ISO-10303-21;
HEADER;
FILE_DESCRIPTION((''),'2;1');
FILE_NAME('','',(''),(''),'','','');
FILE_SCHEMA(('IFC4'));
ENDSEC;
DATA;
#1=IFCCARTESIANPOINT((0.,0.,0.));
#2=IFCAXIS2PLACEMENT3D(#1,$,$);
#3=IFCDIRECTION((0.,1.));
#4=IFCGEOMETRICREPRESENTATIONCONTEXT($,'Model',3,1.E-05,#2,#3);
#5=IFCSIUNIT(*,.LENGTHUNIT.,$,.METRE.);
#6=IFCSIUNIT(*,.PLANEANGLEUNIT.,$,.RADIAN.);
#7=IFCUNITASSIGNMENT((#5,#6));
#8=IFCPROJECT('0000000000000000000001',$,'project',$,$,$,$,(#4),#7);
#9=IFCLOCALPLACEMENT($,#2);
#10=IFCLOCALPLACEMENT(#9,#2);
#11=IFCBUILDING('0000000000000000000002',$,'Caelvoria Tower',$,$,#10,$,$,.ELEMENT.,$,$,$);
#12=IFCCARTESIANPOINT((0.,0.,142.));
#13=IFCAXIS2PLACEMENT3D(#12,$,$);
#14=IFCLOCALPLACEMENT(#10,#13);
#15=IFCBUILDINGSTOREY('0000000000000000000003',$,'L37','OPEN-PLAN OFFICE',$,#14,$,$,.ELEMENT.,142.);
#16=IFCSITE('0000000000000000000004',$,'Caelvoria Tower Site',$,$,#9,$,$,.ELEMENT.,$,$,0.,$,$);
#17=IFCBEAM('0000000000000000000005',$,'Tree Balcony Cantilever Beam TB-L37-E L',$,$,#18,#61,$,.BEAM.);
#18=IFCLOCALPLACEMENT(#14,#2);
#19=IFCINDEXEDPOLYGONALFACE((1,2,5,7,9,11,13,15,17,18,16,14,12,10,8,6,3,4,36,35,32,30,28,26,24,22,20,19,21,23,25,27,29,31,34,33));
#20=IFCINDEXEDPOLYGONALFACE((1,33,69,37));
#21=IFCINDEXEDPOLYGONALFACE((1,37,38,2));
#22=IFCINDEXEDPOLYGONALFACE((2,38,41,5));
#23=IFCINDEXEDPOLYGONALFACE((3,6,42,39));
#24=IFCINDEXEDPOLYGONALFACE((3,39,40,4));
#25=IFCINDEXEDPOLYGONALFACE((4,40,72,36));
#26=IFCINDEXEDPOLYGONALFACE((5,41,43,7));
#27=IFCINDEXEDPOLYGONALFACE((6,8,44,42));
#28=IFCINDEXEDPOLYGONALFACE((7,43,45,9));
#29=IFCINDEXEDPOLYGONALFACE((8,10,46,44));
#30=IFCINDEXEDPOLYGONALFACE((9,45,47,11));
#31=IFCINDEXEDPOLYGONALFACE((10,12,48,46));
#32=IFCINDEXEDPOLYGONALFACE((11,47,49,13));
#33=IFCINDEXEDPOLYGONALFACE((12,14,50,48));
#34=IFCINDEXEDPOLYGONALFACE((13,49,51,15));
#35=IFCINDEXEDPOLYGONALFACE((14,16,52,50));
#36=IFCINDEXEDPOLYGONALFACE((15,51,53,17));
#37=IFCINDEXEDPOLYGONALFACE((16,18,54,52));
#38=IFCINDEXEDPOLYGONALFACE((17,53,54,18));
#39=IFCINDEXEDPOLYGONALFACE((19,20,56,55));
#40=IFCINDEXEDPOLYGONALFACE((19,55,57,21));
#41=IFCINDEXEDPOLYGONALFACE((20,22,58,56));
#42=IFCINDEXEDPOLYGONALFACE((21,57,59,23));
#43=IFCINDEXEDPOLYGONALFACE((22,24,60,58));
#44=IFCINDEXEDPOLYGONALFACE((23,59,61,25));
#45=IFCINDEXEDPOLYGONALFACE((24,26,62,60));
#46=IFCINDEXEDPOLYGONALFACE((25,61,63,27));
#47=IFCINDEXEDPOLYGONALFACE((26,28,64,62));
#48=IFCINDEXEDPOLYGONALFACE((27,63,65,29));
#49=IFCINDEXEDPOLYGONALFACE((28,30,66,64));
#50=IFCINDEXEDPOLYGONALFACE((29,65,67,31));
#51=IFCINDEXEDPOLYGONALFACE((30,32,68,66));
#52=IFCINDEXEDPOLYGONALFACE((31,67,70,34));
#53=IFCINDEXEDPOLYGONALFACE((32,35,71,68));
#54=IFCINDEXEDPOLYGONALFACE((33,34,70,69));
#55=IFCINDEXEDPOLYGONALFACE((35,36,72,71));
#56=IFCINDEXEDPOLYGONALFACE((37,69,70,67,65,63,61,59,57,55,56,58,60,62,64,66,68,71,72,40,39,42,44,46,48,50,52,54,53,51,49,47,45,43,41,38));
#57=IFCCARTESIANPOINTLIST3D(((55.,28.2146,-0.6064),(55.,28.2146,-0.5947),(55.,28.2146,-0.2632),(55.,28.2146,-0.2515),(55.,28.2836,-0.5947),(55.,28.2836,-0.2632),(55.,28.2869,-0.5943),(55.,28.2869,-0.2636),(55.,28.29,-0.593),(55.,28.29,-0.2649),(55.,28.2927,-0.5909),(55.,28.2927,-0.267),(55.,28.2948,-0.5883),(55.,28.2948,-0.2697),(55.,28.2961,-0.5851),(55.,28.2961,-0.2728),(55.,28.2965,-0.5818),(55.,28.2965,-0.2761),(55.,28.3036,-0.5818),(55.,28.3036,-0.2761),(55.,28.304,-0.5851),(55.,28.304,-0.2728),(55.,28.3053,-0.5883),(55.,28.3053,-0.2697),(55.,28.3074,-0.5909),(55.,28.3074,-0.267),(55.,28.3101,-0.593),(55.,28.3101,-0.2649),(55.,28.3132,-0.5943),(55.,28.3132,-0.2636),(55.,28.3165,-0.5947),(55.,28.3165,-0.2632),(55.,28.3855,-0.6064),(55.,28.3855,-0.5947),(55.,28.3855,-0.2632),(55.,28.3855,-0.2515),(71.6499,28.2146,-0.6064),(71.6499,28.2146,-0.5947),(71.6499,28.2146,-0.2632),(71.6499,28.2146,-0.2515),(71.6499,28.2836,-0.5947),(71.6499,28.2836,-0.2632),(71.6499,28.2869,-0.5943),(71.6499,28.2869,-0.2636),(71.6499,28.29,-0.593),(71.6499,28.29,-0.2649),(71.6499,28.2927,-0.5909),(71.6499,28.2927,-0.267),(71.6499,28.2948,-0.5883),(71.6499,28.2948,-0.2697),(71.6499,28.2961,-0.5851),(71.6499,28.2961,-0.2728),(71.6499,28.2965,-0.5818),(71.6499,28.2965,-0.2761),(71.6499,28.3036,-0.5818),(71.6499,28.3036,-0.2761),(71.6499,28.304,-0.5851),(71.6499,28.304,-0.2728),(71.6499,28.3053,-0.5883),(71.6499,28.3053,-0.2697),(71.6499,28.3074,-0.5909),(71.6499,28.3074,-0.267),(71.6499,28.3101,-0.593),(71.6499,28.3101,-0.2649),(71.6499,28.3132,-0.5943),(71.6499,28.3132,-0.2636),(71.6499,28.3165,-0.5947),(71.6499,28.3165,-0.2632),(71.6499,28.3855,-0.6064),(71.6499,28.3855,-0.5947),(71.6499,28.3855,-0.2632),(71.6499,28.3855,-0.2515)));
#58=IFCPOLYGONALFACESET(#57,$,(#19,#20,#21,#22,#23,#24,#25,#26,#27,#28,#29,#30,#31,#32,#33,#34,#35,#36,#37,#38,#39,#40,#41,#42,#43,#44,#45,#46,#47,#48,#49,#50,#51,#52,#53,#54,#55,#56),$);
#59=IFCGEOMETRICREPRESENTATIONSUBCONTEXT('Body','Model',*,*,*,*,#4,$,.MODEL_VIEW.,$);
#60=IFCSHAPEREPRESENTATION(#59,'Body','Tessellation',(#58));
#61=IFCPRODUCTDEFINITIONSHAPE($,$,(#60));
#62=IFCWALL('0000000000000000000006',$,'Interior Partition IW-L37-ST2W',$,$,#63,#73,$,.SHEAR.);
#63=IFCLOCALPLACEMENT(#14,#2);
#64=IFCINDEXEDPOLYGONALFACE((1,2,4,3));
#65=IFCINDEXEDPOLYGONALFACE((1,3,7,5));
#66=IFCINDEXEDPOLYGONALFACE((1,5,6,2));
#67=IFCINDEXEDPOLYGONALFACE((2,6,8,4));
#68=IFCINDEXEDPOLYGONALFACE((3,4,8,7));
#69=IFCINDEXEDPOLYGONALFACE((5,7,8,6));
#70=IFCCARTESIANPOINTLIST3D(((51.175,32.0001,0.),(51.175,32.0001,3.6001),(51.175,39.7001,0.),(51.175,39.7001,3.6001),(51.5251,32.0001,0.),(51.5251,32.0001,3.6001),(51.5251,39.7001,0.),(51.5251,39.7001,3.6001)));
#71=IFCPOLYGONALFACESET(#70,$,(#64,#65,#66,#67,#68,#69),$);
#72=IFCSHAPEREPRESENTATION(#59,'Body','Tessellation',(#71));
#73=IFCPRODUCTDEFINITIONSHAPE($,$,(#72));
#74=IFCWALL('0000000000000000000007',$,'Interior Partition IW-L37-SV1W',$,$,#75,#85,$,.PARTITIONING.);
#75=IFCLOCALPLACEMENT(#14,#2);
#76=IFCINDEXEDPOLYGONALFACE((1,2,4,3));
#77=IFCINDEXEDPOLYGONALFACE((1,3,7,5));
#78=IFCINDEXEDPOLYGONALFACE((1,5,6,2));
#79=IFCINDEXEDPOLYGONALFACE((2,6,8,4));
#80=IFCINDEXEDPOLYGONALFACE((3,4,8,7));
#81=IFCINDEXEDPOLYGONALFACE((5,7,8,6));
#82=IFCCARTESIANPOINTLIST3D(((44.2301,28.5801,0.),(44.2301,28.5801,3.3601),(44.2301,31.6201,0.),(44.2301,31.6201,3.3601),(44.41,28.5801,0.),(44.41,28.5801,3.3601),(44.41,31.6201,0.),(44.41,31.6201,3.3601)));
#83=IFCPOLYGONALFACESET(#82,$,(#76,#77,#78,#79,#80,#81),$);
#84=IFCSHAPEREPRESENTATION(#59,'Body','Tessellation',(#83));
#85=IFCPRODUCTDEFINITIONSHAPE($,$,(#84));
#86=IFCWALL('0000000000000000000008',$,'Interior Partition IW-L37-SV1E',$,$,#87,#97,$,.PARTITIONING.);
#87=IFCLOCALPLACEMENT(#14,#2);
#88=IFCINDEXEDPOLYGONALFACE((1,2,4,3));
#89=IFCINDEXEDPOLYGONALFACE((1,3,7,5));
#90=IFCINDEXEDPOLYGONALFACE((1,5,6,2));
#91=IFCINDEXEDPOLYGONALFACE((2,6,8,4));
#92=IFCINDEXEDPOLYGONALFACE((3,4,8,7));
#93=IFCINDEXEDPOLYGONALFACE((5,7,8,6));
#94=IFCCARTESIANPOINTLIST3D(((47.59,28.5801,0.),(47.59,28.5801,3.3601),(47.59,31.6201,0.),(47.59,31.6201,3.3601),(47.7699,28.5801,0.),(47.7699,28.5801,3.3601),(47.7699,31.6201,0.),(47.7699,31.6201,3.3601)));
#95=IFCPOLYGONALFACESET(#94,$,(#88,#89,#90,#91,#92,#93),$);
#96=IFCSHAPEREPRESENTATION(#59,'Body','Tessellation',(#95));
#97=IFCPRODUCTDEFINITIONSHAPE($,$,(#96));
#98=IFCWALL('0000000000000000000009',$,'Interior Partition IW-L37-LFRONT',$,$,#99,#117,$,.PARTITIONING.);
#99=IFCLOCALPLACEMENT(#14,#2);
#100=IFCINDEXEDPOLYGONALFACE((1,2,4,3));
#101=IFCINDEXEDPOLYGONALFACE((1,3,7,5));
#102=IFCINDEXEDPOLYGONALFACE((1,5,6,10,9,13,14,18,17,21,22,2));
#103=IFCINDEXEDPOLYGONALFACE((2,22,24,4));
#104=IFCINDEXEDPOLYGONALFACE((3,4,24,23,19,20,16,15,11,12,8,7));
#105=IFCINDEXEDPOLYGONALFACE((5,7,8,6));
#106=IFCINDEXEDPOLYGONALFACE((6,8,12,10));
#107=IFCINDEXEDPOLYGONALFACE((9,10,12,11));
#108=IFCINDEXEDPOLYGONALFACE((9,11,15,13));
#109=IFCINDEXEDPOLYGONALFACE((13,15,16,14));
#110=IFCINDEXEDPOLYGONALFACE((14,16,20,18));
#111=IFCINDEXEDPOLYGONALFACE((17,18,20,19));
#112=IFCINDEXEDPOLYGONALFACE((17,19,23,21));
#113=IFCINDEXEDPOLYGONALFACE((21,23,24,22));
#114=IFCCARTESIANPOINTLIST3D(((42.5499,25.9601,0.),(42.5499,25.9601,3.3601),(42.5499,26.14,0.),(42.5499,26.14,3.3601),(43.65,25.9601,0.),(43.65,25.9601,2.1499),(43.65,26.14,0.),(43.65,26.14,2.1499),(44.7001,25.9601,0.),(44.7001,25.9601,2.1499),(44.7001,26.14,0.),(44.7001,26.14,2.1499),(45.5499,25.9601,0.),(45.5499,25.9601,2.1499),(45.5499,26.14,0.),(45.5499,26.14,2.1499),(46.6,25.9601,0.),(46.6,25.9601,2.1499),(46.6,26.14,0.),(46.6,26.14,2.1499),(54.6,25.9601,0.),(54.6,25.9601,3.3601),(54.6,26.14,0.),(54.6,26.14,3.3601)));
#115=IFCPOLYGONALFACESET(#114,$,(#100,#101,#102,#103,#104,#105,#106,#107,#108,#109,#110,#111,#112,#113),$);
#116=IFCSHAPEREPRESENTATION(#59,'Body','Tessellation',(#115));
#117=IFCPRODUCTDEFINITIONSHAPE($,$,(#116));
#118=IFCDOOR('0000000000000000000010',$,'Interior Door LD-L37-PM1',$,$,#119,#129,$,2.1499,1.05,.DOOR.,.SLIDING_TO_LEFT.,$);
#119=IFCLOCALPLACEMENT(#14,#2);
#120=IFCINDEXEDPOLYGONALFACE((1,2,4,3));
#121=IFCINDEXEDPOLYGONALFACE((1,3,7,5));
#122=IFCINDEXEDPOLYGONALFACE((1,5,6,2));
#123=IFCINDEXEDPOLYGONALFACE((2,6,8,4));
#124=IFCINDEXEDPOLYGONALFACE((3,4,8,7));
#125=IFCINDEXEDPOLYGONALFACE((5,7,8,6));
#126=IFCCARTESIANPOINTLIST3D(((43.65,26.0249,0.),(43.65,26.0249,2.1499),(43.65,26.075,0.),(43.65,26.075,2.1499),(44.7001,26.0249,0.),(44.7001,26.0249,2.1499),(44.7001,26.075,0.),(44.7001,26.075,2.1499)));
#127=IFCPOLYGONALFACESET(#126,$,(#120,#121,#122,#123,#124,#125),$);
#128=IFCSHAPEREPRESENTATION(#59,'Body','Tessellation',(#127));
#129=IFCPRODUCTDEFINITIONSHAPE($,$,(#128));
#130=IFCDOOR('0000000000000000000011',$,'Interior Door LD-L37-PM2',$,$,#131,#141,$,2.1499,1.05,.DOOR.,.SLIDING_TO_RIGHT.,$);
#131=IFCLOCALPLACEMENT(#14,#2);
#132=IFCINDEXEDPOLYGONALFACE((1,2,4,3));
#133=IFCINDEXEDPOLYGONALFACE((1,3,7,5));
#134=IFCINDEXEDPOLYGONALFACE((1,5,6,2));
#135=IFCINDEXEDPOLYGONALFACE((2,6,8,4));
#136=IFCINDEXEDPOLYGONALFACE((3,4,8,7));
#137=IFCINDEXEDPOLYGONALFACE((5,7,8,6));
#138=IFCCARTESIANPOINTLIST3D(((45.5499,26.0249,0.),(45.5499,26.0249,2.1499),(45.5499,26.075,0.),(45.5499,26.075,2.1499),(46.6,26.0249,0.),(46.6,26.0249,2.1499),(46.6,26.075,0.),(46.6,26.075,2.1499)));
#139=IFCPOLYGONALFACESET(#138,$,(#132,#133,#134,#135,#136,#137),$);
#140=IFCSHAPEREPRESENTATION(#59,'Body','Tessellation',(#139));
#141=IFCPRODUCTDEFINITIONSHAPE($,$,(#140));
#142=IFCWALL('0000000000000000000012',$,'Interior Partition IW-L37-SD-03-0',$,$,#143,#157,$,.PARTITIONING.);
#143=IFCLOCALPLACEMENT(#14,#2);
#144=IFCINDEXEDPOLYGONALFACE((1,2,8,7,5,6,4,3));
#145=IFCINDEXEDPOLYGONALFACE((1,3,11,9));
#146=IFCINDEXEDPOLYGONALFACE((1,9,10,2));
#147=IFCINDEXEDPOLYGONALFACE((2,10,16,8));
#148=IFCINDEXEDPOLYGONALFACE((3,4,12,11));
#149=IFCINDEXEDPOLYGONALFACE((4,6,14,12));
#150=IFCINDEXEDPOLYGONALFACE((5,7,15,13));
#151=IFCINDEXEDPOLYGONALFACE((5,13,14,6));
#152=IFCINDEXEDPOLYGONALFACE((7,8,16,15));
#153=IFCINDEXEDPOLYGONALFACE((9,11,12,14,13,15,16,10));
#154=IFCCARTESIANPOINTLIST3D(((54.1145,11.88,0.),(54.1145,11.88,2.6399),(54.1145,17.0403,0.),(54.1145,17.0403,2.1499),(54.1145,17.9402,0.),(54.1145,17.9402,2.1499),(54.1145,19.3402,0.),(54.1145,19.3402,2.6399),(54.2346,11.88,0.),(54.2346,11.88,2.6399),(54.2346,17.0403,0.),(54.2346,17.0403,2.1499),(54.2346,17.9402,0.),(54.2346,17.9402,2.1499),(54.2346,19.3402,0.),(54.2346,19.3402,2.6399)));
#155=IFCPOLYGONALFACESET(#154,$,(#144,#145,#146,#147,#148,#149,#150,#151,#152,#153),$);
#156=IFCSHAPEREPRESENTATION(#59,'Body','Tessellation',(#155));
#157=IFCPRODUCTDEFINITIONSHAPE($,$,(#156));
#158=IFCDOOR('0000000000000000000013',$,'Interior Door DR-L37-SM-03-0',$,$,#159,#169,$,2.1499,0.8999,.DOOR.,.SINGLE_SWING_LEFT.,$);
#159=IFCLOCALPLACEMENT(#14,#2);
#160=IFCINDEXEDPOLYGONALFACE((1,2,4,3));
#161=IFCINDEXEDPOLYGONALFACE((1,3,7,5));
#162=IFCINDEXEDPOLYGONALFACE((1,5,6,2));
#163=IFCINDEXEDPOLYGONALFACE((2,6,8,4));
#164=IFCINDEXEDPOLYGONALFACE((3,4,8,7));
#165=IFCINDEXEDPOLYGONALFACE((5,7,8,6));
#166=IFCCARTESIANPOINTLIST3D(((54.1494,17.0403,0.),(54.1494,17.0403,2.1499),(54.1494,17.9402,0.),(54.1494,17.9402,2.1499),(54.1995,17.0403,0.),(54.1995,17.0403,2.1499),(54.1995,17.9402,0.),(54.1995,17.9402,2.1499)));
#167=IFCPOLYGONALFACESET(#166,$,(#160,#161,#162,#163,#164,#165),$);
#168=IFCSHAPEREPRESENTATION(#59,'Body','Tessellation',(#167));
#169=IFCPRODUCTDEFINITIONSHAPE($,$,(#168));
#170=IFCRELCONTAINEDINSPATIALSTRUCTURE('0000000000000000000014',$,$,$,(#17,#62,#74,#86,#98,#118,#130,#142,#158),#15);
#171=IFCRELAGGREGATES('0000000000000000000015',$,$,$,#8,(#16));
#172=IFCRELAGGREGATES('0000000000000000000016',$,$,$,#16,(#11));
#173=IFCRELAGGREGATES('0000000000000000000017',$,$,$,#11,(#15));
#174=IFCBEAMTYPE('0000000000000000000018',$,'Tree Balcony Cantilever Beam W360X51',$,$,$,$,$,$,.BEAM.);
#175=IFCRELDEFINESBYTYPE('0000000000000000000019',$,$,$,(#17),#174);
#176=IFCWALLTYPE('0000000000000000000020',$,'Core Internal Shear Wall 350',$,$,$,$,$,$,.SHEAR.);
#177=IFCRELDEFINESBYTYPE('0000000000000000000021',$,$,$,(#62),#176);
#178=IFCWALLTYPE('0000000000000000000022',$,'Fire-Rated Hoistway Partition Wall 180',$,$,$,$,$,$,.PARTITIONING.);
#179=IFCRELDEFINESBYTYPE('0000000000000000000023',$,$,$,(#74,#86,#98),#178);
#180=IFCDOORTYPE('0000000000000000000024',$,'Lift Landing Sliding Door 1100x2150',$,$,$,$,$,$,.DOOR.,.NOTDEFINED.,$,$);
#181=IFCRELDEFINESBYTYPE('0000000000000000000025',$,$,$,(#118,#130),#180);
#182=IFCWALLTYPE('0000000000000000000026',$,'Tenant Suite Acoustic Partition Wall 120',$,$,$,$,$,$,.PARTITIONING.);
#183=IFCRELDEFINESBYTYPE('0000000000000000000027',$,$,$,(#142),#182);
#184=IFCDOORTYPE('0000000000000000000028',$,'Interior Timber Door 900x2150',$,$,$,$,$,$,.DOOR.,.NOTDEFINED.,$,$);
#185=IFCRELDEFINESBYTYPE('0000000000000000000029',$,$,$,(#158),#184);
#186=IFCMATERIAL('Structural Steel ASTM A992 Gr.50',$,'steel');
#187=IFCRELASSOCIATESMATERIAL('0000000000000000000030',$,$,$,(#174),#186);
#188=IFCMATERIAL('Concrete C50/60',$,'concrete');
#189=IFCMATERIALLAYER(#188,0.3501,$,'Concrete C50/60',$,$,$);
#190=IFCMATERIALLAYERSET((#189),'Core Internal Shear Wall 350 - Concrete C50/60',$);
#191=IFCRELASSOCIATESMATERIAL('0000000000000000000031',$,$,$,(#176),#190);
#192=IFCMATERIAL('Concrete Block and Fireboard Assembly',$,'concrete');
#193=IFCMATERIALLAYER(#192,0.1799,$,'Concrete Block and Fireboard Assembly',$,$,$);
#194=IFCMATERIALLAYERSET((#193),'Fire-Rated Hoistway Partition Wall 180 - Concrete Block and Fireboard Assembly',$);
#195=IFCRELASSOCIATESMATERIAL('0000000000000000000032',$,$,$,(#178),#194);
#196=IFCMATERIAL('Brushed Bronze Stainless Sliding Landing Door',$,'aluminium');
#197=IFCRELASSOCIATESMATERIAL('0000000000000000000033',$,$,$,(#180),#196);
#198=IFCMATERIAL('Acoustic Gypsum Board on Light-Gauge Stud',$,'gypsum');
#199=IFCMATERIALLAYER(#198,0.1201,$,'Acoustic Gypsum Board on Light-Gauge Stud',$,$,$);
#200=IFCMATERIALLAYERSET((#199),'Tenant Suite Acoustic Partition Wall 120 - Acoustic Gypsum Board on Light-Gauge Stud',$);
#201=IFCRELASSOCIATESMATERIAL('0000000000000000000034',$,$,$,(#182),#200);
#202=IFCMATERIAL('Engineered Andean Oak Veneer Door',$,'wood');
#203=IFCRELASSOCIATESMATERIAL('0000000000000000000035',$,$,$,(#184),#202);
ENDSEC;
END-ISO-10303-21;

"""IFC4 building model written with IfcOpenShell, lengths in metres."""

from ifc_helpers import new_model, si_unit, direction, frame, frame_2d, origin, origin_2d, place, context, subcontext, project, spatial, rectangle, i_section, extrude, material, layer, layer_set, material_profile, profile_set, type_object, element, fill, save


model = new_model("IFC4")

# Units and contexts
model_context = context("Model", 3, precision=1e-05, world=origin(), true_north=direction((0.0, 1.0)))
body_context = subcontext(model_context, "Body", "Model", "MODEL_VIEW")
ifc_project = project(units=[si_unit("LENGTHUNIT", "METRE"), si_unit("PLANEANGLEUNIT", "RADIAN")], contexts=[model_context])

# Site, building, storey
site_placement = place(None, origin())
site = spatial("IfcSite", under=ifc_project, at=site_placement, Name="Caelvoria Tower Site", CompositionType="ELEMENT", RefElevation=0.0)
building_placement = place(site_placement, origin())
building = spatial("IfcBuilding", under=site, at=building_placement, Name="Caelvoria Tower", CompositionType="ELEMENT")
storey_placement = place(building_placement, frame((0.0, 0.0, 142.0)))
storey = spatial("IfcBuildingStorey", under=building, at=storey_placement, Name="L37", Description="OPEN-PLAN OFFICE", CompositionType="ELEMENT", Elevation=142.0)

# Beam
ifc_material_1 = material(Name="Structural Steel ASTM A992 Gr.50", Category="steel")
ifc_material_profile_1 = material_profile(ifc_material_1, i_section(OverallWidth=0.1709, OverallDepth=0.355, WebThickness=0.0071, FlangeThickness=0.0117, FilletRadius=0.0129, at=origin_2d()), Name="Structural Steel ASTM A992 Gr.50")
ifc_profile_set_1 = profile_set([ifc_material_profile_1], Name="W360X51 - Structural Steel ASTM A992 Gr.50")
beam_type_1 = type_object("IfcBeamType", Name="Tree Balcony Cantilever Beam W360X51", PredefinedType="BEAM", material=ifc_profile_set_1)
beam_1_placement = place(storey_placement, frame((55.0, 28.3, -0.429), z_axis=(1.0, 0.0, 0.0), x_axis=(0.0, 1.0, 0.0)))
element("IfcBeam", 1, at=beam_1_placement, inside=storey, type_object=beam_type_1, Name="Tree Balcony Cantilever Beam TB-L37-E L", PredefinedType="BEAM", context=body_context, shape_type="SweptSolid", body=[
    extrude(i_section(OverallWidth=0.1709, OverallDepth=0.355, WebThickness=0.0071, FlangeThickness=0.0117, FilletRadius=0.0129, at=origin_2d()), origin(), (0.0, 0.0, 1.0), 16.6499),
])

# Wall
ifc_material_2 = material(Name="Concrete C50/60", Category="concrete")
ifc_layer_1 = layer(ifc_material_2, 0.3501, Name="Concrete C50/60")
ifc_layer_set_1 = layer_set([ifc_layer_1], Name="Core Internal Shear Wall 350 - Concrete C50/60")
wall_type_1 = type_object("IfcWallType", Name="Core Internal Shear Wall 350", PredefinedType="SHEAR", material=ifc_layer_set_1)
wall_1_placement = place(storey_placement, frame((51.3501, 32.0, 0.0), z_axis=(0.0, 0.0, 1.0), x_axis=(0.0, 1.0, 0.0)))
element("IfcWall", 2, at=wall_1_placement, inside=storey, type_object=wall_type_1, Name="Interior Partition IW-L37-ST2W", PredefinedType="SHEAR", context=body_context, shape_type="SweptSolid", body=[
    extrude(rectangle(XDim=7.7, YDim=0.3501, at=frame_2d((3.8501, 0.0))), origin(), (0.0, 0.0, 1.0), 3.6001),
])

# Walls
ifc_material_3 = material(Name="Concrete Block and Fireboard Assembly", Category="concrete")
ifc_layer_2 = layer(ifc_material_3, 0.1799, Name="Concrete Block and Fireboard Assembly")
ifc_layer_set_2 = layer_set([ifc_layer_2], Name="Fire-Rated Hoistway Partition Wall 180 - Concrete Block and Fireboard Assembly")
wall_type_2 = type_object("IfcWallType", Name="Fire-Rated Hoistway Partition Wall 180", PredefinedType="PARTITIONING", material=ifc_layer_set_2)
for number, where, z_axis, x_axis, name in (
    (3, (44.3201, 28.5801, 0.0), (0.0, 0.0, 1.0), (0.0, 1.0, 0.0), "Interior Partition IW-L37-SV1W"),
    (4, (47.6799, 28.5801, 0.0), (0.0, 0.0, 1.0), (0.0, 1.0, 0.0), "Interior Partition IW-L37-SV1E"),
):
    element("IfcWall", number, at=place(storey_placement, frame(where, z_axis=z_axis, x_axis=x_axis)), inside=storey, type_object=wall_type_2, Name=name, PredefinedType="PARTITIONING", context=body_context, shape_type="SweptSolid", body=[
        extrude(rectangle(XDim=3.04, YDim=0.1799, at=frame_2d((1.52, 0.0))), origin(), (0.0, 0.0, 1.0), 3.3601),
    ])

# Wall, openings, doors
wall_2_placement = place(storey_placement, frame((42.55, 26.05, 0.0), z_axis=(0.0, 0.0, 1.0), x_axis=(1.0, 0.0, 0.0)))
wall_2 = element("IfcWall", 5, at=wall_2_placement, inside=storey, type_object=wall_type_2, Name="Interior Partition IW-L37-LFRONT", PredefinedType="PARTITIONING", context=body_context, shape_type="SweptSolid", body=[
    extrude(rectangle(XDim=12.05, YDim=0.1799, at=frame_2d((6.0249, 0.0))), origin(), (0.0, 0.0, 1.0), 3.3601),
])
opening_1_placement = place(wall_2_placement, frame((1.1001, 0.0, 0.0)))
opening_1 = element("IfcOpeningElement", 6, at=opening_1_placement, cuts=wall_2, PredefinedType="OPENING", context=body_context, shape_type="SweptSolid", body=[
    extrude(rectangle(XDim=1.05, YDim=2.1499, at=frame_2d((0.5249, 1.075))), frame((0.0, 0.0999, 0.0), z_axis=(0.0, -1.0, 0.0), x_axis=(1.0, 0.0, 0.0)), (0.0, 0.0, 1.0), 0.2),
])
opening_2_placement = place(wall_2_placement, frame((3.0, 0.0, 0.0)))
opening_2 = element("IfcOpeningElement", 7, at=opening_2_placement, cuts=wall_2, PredefinedType="OPENING", context=body_context, shape_type="SweptSolid", body=[
    extrude(rectangle(XDim=1.05, YDim=2.1499, at=frame_2d((0.5249, 1.075))), frame((0.0, 0.0999, 0.0), z_axis=(0.0, -1.0, 0.0), x_axis=(1.0, 0.0, 0.0)), (0.0, 0.0, 1.0), 0.2),
])
ifc_material_4 = material(Name="Brushed Bronze Stainless Sliding Landing Door", Category="aluminium")
door_type_1 = type_object("IfcDoorType", Name="Lift Landing Sliding Door 1100x2150", OperationType="NOTDEFINED", PredefinedType="DOOR", material=ifc_material_4)
door_1_placement = place(opening_1_placement, origin())
door_1 = element("IfcDoor", 8, at=door_1_placement, inside=storey, type_object=door_type_1, Name="Interior Door LD-L37-PM1", OperationType="SLIDING_TO_LEFT", OverallHeight=2.1499, OverallWidth=1.05, PredefinedType="DOOR", context=body_context, shape_type="SweptSolid", body=[
    extrude(rectangle(XDim=1.05, YDim=2.1499, at=frame_2d((0.5249, 1.075))), frame((0.0, 0.0249, 0.0), z_axis=(0.0, -1.0, 0.0), x_axis=(1.0, 0.0, 0.0)), (0.0, 0.0, 1.0), 0.05),
])
fill(opening_1, door_1)
door_2_placement = place(opening_2_placement, origin())
door_2 = element("IfcDoor", 9, at=door_2_placement, inside=storey, type_object=door_type_1, Name="Interior Door LD-L37-PM2", OperationType="SLIDING_TO_RIGHT", OverallHeight=2.1499, OverallWidth=1.05, PredefinedType="DOOR", context=body_context, shape_type="SweptSolid", body=[
    extrude(rectangle(XDim=1.05, YDim=2.1499, at=frame_2d((0.5249, 1.075))), frame((0.0, 0.0249, 0.0), z_axis=(0.0, -1.0, 0.0), x_axis=(1.0, 0.0, 0.0)), (0.0, 0.0, 1.0), 0.05),
])
fill(opening_2, door_2)

# Wall, opening, door
ifc_material_5 = material(Name="Acoustic Gypsum Board on Light-Gauge Stud", Category="gypsum")
ifc_layer_3 = layer(ifc_material_5, 0.1201, Name="Acoustic Gypsum Board on Light-Gauge Stud")
ifc_layer_set_3 = layer_set([ifc_layer_3], Name="Tenant Suite Acoustic Partition Wall 120 - Acoustic Gypsum Board on Light-Gauge Stud")
wall_type_3 = type_object("IfcWallType", Name="Tenant Suite Acoustic Partition Wall 120", PredefinedType="PARTITIONING", material=ifc_layer_set_3)
wall_3_placement = place(storey_placement, frame((54.1746, 19.3401, 0.0), z_axis=(0.0, 0.0, 1.0), x_axis=(0.0, -1.0, 0.0)))
wall_3 = element("IfcWall", 10, at=wall_3_placement, inside=storey, type_object=wall_type_3, Name="Interior Partition IW-L37-SD-03-0", PredefinedType="PARTITIONING", context=body_context, shape_type="SweptSolid", body=[
    extrude(rectangle(XDim=7.4602, YDim=0.1201, at=frame_2d((3.73, 0.0))), origin(), (0.0, 0.0, 1.0), 2.6399),
])
opening_3_placement = place(wall_3_placement, frame((1.3999, 0.0, 0.0)))
opening_3 = element("IfcOpeningElement", 11, at=opening_3_placement, cuts=wall_3, PredefinedType="OPENING", context=body_context, shape_type="SweptSolid", body=[
    extrude(rectangle(XDim=0.8999, YDim=2.1499, at=frame_2d((0.45, 1.075))), frame((0.0, 0.0701, 0.0), z_axis=(0.0, -1.0, 0.0), x_axis=(1.0, 0.0, 0.0)), (0.0, 0.0, 1.0), 0.1401),
])
ifc_material_6 = material(Name="Engineered Andean Oak Veneer Door", Category="wood")
door_type_2 = type_object("IfcDoorType", Name="Interior Timber Door 900x2150", OperationType="NOTDEFINED", PredefinedType="DOOR", material=ifc_material_6)
door_3_placement = place(opening_3_placement, origin())
door_3 = element("IfcDoor", 12, at=door_3_placement, inside=storey, type_object=door_type_2, Name="Interior Door DR-L37-SM-03-0", OperationType="SINGLE_SWING_LEFT", OverallHeight=2.1499, OverallWidth=0.8999, PredefinedType="DOOR", context=body_context, shape_type="SweptSolid", body=[
    extrude(rectangle(XDim=0.8999, YDim=2.1499, at=frame_2d((0.45, 1.075))), frame((0.0, 0.0249, 0.0), z_axis=(0.0, -1.0, 0.0), x_axis=(1.0, 0.0, 0.0)), (0.0, 0.0, 1.0), 0.05),
])
fill(opening_3, door_3)

save(model, "model.ifc")
